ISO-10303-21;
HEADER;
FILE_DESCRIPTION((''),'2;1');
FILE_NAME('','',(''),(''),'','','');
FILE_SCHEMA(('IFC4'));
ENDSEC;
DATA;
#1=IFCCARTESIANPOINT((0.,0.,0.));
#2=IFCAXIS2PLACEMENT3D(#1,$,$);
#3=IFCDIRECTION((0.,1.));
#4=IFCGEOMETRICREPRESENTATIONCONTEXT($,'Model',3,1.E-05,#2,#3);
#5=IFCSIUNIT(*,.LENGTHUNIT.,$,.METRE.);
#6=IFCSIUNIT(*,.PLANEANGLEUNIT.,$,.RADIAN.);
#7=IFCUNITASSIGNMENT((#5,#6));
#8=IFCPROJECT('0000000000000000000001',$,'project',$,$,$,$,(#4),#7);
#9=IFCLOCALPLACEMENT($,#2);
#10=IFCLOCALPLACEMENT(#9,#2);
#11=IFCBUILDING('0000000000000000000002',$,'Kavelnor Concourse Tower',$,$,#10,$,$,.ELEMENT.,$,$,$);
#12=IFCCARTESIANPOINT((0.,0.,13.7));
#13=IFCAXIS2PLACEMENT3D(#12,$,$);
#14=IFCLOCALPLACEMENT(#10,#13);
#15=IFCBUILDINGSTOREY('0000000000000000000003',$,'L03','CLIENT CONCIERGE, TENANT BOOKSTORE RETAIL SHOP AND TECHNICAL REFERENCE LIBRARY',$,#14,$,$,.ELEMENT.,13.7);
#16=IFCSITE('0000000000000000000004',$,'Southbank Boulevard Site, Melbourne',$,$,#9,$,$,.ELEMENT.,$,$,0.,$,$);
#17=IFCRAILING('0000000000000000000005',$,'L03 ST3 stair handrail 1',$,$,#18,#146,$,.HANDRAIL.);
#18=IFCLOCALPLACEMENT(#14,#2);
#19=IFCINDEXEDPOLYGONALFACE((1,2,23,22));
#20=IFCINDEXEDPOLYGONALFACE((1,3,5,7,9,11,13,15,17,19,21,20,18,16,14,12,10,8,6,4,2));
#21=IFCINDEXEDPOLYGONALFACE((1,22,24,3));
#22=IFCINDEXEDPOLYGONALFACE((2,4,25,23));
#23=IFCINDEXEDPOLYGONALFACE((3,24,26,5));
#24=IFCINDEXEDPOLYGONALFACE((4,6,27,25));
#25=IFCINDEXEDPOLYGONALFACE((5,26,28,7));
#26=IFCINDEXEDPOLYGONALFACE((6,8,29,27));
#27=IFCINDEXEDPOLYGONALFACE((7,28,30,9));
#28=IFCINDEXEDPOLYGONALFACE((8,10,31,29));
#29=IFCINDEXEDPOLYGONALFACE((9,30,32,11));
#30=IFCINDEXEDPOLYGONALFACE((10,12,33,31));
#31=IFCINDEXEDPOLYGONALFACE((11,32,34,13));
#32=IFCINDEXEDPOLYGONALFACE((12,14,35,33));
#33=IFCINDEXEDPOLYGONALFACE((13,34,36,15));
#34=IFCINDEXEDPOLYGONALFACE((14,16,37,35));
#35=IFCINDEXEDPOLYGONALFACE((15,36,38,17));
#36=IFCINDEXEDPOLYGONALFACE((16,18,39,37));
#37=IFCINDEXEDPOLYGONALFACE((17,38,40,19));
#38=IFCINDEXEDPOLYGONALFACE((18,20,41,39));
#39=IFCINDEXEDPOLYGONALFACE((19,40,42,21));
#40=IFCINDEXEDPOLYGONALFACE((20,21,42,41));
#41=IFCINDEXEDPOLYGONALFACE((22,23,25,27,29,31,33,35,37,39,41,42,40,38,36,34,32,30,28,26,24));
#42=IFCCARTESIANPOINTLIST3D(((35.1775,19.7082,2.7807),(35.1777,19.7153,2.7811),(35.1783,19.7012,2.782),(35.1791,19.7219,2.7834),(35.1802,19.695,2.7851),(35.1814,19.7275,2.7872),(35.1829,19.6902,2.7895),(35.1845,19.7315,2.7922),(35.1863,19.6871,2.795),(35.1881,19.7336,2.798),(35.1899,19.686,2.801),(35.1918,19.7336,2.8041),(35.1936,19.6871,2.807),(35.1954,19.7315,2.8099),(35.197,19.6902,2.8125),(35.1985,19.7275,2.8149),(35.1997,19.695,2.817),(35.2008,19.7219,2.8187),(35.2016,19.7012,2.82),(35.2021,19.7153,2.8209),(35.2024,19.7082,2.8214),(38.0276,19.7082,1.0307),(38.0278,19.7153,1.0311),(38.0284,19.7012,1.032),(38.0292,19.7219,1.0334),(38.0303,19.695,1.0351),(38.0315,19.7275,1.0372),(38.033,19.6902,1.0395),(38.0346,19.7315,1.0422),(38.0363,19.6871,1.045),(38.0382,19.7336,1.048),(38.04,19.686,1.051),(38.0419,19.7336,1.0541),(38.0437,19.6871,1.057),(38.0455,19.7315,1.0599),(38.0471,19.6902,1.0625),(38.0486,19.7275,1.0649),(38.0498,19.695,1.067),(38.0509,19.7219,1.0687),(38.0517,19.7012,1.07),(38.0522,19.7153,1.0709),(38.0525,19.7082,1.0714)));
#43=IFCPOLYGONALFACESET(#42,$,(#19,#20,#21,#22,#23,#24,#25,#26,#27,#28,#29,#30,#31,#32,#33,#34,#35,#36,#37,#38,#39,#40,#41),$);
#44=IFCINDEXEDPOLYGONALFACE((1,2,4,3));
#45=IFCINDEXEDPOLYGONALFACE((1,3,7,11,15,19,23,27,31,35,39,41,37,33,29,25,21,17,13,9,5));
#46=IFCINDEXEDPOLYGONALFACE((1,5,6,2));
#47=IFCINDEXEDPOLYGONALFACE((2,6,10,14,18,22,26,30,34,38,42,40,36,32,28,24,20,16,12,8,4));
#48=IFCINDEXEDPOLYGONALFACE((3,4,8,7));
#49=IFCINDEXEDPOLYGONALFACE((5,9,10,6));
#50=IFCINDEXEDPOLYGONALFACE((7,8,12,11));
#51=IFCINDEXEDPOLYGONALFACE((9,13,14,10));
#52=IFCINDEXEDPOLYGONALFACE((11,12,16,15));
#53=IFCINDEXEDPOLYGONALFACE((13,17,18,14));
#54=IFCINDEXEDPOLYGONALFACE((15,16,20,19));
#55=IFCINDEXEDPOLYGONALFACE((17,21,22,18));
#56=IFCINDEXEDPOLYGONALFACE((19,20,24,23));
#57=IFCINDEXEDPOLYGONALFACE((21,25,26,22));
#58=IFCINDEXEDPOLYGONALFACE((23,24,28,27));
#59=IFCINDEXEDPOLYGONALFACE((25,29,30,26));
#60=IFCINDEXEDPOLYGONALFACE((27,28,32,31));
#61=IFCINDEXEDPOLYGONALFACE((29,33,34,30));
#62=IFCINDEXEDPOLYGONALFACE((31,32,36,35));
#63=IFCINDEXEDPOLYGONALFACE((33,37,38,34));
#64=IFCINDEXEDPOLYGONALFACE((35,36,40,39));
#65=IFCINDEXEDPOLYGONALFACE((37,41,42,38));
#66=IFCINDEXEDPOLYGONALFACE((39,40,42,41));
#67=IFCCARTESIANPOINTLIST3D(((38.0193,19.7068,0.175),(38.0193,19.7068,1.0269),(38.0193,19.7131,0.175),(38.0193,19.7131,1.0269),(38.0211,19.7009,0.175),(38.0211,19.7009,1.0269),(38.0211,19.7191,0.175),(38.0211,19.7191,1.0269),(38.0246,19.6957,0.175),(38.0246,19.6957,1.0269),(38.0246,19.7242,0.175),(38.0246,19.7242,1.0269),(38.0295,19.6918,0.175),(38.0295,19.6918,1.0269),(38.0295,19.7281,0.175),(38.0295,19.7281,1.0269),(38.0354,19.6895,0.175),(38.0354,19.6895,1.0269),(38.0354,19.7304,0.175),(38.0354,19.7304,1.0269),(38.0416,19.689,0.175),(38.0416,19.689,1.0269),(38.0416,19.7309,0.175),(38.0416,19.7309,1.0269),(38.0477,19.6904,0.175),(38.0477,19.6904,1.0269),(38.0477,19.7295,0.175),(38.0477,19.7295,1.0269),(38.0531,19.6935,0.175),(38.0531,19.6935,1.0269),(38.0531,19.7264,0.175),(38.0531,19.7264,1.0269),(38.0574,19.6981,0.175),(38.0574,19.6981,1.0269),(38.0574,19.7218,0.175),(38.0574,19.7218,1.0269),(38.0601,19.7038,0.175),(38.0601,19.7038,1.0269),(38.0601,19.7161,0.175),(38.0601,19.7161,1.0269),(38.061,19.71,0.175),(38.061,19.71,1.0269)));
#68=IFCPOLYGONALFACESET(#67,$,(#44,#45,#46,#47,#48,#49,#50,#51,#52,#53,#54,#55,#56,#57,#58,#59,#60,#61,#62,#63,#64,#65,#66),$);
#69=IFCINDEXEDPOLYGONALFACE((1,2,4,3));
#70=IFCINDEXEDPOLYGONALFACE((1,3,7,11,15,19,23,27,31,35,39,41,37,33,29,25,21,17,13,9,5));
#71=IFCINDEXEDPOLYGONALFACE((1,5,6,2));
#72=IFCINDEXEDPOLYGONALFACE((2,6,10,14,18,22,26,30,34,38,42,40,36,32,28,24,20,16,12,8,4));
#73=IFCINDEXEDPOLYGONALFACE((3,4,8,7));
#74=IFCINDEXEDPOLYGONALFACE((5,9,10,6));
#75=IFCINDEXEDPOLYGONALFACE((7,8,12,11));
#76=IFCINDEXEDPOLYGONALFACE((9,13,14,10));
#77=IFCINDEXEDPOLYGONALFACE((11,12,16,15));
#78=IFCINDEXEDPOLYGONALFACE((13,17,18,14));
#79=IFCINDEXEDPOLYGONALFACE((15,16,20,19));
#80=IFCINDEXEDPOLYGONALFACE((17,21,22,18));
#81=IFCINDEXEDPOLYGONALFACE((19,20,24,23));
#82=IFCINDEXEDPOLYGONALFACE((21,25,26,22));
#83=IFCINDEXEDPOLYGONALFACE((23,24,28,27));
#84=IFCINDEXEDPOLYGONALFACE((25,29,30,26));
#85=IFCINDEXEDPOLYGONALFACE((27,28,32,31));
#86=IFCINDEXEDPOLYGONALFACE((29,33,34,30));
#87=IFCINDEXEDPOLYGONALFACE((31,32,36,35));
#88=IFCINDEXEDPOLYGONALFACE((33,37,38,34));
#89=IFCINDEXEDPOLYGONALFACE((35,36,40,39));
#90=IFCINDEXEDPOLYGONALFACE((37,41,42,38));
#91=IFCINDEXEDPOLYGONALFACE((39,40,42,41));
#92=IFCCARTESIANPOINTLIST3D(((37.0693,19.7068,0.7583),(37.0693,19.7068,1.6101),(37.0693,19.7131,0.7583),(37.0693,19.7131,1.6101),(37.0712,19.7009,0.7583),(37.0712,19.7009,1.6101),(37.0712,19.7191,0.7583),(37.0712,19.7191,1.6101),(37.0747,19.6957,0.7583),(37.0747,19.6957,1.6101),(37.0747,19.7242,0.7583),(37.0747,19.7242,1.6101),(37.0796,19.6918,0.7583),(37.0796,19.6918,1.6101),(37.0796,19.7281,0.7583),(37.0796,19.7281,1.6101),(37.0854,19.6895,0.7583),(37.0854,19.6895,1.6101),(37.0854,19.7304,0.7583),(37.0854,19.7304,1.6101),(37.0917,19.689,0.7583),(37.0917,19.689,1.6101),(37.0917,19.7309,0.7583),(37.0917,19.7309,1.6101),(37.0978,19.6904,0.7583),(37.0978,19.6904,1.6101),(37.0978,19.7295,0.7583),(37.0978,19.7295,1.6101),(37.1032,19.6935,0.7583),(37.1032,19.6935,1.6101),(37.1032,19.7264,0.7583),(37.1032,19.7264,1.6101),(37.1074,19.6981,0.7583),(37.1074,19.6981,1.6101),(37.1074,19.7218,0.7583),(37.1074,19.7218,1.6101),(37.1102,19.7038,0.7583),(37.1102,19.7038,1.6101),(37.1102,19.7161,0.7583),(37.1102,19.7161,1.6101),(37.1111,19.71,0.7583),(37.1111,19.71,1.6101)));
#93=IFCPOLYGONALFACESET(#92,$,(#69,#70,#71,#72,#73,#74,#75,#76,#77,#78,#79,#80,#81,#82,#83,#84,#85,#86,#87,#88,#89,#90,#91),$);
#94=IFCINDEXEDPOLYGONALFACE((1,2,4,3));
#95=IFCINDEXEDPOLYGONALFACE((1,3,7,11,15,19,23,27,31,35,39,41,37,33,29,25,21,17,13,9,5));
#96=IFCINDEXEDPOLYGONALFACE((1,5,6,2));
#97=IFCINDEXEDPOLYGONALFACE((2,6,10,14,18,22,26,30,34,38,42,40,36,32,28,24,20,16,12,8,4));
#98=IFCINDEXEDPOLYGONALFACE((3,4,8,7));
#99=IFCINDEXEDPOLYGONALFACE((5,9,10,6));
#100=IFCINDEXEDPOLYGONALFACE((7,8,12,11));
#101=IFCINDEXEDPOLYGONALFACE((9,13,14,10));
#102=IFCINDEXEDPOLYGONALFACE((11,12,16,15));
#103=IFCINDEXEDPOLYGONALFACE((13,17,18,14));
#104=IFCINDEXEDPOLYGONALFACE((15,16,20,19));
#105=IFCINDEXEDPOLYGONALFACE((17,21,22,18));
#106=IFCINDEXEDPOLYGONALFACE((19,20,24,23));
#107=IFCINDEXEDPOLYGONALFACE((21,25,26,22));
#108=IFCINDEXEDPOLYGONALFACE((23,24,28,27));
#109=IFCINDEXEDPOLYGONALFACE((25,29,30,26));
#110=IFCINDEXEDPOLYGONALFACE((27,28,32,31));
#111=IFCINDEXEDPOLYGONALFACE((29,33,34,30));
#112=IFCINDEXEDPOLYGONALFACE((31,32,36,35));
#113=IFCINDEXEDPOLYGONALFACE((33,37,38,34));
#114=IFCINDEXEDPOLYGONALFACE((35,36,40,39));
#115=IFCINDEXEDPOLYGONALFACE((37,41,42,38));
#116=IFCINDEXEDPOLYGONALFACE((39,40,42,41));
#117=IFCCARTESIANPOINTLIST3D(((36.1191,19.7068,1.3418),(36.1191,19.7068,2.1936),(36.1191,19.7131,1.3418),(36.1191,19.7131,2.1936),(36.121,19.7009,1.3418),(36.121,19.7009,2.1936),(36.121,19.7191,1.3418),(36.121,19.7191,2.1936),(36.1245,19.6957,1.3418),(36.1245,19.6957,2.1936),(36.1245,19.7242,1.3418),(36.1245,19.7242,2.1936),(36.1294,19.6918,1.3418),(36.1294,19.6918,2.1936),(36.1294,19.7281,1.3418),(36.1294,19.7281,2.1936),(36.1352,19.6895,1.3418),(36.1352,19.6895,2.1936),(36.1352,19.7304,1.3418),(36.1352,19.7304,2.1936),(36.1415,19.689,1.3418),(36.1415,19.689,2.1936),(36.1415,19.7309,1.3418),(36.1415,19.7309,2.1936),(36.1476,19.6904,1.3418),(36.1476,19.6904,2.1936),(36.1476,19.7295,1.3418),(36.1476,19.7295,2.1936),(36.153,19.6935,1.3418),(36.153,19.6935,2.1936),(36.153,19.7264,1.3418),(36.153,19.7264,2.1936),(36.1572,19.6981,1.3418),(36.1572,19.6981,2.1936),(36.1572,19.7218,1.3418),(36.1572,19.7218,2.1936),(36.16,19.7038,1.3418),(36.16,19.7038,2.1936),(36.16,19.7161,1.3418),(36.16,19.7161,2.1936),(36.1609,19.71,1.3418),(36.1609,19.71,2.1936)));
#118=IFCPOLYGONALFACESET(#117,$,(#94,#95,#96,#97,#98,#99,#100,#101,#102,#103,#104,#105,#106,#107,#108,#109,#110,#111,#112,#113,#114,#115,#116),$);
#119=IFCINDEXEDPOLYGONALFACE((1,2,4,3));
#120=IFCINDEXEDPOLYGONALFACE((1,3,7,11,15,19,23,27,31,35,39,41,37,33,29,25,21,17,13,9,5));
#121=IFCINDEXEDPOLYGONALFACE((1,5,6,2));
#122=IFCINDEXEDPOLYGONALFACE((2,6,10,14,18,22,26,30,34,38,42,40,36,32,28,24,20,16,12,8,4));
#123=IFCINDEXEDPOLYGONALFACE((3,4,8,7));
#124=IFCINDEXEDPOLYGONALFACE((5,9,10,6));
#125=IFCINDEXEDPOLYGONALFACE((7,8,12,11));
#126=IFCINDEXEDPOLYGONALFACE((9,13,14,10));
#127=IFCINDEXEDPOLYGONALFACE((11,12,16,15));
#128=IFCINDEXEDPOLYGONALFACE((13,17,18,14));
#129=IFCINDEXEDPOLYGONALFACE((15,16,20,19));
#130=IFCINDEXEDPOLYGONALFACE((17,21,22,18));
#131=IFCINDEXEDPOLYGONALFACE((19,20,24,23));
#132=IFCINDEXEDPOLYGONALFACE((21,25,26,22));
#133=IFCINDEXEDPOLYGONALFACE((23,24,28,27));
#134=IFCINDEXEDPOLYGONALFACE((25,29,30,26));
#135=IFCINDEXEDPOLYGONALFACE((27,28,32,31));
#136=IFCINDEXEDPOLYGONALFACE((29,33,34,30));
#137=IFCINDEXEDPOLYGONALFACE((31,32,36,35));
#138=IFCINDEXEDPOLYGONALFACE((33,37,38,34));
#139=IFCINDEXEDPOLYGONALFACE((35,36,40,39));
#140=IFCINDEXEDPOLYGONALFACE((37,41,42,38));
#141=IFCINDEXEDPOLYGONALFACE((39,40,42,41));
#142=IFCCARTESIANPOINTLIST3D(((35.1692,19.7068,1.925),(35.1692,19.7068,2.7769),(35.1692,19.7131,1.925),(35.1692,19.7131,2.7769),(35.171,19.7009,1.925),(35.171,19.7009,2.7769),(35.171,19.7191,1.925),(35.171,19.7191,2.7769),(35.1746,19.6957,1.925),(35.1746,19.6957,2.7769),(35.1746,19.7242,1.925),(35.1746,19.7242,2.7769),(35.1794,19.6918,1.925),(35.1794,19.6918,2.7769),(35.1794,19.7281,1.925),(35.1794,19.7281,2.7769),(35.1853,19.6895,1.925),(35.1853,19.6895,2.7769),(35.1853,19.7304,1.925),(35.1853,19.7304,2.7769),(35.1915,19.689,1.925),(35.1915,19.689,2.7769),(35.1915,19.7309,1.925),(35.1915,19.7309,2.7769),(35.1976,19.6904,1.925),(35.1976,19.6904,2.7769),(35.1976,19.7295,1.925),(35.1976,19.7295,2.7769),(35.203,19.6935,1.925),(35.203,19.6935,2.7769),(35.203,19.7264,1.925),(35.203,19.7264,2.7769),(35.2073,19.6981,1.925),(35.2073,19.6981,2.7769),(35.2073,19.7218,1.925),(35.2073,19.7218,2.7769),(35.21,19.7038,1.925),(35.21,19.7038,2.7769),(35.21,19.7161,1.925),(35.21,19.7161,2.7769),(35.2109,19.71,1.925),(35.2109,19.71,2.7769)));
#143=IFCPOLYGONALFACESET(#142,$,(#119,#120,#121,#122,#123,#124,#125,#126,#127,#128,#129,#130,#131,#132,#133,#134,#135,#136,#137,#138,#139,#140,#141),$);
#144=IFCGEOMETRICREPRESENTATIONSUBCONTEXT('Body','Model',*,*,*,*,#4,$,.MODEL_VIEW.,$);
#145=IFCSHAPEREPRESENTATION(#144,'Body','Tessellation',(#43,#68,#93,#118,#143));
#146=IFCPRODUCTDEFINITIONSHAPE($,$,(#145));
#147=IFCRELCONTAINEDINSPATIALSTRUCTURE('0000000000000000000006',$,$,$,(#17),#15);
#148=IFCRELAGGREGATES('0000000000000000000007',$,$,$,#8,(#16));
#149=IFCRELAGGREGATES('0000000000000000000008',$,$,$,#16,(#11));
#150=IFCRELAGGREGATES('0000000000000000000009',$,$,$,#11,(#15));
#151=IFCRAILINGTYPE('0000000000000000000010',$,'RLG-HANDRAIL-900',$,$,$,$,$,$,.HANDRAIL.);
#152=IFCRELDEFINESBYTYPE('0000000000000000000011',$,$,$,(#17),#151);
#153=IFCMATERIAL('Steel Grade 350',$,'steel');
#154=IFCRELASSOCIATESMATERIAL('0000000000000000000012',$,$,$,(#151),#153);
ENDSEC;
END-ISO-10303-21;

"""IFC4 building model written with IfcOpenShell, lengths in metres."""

from ifc_helpers import new_model, si_unit, direction, frame, origin, origin_2d, place, context, subcontext, project, spatial, circle, extrude, material, type_object, element, save


model = new_model("IFC4")

# Units and contexts
model_context = context("Model", 3, precision=1e-05, world=origin(), true_north=direction((0.0, 1.0)))
body_context = subcontext(model_context, "Body", "Model", "MODEL_VIEW")
ifc_project = project(units=[si_unit("LENGTHUNIT", "METRE"), si_unit("PLANEANGLEUNIT", "RADIAN")], contexts=[model_context])

# Site, building, storey
site_placement = place(None, origin())
site = spatial("IfcSite", under=ifc_project, at=site_placement, Name="Southbank Boulevard Site, Melbourne", CompositionType="ELEMENT", RefElevation=0.0)
building_placement = place(site_placement, origin())
building = spatial("IfcBuilding", under=site, at=building_placement, Name="Kavelnor Concourse Tower", CompositionType="ELEMENT")
storey_placement = place(building_placement, frame((0.0, 0.0, 13.7)))
storey = spatial("IfcBuildingStorey", under=building, at=storey_placement, Name="L03", Description="CLIENT CONCIERGE, TENANT BOOKSTORE RETAIL SHOP AND TECHNICAL REFERENCE LIBRARY", CompositionType="ELEMENT", Elevation=13.7)

# Shared definitions
ifc_material_1 = material(Name="Steel Grade 350", Category="steel")

# Railing
railing_type_1 = type_object("IfcRailingType", Name="RLG-HANDRAIL-900", PredefinedType="HANDRAIL", material=ifc_material_1)
railing_1_placement = place(storey_placement, frame((38.04, 19.71, 0.175)))
element("IfcRailing", 1, at=railing_1_placement, inside=storey, type_object=railing_type_1, Name="L03 ST3 stair handrail 1", PredefinedType="HANDRAIL", context=body_context, shape_type="SweptSolid", body=[
    extrude(circle(Radius=0.0239, at=origin_2d()), frame((0.0, 0.0, 0.876), z_axis=(-0.852179, 0.0, 0.52325), x_axis=(0.0, -1.0, 0.0)), (0.0, 0.0, 1.0), 3.3445),
    extrude(circle(Radius=0.021, at=origin_2d()), origin(), (0.0, 0.0, 1.0), 0.8518),
    extrude(circle(Radius=0.021, at=origin_2d()), frame((-0.95, 0.0, 0.5833)), (0.0, 0.0, 1.0), 0.8518),
    extrude(circle(Radius=0.021, at=origin_2d()), frame((-1.9001, 0.0, 1.1667)), (0.0, 0.0, 1.0), 0.8518),
    extrude(circle(Radius=0.021, at=origin_2d()), frame((-2.8501, 0.0, 1.75)), (0.0, 0.0, 1.0), 0.8518),
])

save(model, "model.ifc")
